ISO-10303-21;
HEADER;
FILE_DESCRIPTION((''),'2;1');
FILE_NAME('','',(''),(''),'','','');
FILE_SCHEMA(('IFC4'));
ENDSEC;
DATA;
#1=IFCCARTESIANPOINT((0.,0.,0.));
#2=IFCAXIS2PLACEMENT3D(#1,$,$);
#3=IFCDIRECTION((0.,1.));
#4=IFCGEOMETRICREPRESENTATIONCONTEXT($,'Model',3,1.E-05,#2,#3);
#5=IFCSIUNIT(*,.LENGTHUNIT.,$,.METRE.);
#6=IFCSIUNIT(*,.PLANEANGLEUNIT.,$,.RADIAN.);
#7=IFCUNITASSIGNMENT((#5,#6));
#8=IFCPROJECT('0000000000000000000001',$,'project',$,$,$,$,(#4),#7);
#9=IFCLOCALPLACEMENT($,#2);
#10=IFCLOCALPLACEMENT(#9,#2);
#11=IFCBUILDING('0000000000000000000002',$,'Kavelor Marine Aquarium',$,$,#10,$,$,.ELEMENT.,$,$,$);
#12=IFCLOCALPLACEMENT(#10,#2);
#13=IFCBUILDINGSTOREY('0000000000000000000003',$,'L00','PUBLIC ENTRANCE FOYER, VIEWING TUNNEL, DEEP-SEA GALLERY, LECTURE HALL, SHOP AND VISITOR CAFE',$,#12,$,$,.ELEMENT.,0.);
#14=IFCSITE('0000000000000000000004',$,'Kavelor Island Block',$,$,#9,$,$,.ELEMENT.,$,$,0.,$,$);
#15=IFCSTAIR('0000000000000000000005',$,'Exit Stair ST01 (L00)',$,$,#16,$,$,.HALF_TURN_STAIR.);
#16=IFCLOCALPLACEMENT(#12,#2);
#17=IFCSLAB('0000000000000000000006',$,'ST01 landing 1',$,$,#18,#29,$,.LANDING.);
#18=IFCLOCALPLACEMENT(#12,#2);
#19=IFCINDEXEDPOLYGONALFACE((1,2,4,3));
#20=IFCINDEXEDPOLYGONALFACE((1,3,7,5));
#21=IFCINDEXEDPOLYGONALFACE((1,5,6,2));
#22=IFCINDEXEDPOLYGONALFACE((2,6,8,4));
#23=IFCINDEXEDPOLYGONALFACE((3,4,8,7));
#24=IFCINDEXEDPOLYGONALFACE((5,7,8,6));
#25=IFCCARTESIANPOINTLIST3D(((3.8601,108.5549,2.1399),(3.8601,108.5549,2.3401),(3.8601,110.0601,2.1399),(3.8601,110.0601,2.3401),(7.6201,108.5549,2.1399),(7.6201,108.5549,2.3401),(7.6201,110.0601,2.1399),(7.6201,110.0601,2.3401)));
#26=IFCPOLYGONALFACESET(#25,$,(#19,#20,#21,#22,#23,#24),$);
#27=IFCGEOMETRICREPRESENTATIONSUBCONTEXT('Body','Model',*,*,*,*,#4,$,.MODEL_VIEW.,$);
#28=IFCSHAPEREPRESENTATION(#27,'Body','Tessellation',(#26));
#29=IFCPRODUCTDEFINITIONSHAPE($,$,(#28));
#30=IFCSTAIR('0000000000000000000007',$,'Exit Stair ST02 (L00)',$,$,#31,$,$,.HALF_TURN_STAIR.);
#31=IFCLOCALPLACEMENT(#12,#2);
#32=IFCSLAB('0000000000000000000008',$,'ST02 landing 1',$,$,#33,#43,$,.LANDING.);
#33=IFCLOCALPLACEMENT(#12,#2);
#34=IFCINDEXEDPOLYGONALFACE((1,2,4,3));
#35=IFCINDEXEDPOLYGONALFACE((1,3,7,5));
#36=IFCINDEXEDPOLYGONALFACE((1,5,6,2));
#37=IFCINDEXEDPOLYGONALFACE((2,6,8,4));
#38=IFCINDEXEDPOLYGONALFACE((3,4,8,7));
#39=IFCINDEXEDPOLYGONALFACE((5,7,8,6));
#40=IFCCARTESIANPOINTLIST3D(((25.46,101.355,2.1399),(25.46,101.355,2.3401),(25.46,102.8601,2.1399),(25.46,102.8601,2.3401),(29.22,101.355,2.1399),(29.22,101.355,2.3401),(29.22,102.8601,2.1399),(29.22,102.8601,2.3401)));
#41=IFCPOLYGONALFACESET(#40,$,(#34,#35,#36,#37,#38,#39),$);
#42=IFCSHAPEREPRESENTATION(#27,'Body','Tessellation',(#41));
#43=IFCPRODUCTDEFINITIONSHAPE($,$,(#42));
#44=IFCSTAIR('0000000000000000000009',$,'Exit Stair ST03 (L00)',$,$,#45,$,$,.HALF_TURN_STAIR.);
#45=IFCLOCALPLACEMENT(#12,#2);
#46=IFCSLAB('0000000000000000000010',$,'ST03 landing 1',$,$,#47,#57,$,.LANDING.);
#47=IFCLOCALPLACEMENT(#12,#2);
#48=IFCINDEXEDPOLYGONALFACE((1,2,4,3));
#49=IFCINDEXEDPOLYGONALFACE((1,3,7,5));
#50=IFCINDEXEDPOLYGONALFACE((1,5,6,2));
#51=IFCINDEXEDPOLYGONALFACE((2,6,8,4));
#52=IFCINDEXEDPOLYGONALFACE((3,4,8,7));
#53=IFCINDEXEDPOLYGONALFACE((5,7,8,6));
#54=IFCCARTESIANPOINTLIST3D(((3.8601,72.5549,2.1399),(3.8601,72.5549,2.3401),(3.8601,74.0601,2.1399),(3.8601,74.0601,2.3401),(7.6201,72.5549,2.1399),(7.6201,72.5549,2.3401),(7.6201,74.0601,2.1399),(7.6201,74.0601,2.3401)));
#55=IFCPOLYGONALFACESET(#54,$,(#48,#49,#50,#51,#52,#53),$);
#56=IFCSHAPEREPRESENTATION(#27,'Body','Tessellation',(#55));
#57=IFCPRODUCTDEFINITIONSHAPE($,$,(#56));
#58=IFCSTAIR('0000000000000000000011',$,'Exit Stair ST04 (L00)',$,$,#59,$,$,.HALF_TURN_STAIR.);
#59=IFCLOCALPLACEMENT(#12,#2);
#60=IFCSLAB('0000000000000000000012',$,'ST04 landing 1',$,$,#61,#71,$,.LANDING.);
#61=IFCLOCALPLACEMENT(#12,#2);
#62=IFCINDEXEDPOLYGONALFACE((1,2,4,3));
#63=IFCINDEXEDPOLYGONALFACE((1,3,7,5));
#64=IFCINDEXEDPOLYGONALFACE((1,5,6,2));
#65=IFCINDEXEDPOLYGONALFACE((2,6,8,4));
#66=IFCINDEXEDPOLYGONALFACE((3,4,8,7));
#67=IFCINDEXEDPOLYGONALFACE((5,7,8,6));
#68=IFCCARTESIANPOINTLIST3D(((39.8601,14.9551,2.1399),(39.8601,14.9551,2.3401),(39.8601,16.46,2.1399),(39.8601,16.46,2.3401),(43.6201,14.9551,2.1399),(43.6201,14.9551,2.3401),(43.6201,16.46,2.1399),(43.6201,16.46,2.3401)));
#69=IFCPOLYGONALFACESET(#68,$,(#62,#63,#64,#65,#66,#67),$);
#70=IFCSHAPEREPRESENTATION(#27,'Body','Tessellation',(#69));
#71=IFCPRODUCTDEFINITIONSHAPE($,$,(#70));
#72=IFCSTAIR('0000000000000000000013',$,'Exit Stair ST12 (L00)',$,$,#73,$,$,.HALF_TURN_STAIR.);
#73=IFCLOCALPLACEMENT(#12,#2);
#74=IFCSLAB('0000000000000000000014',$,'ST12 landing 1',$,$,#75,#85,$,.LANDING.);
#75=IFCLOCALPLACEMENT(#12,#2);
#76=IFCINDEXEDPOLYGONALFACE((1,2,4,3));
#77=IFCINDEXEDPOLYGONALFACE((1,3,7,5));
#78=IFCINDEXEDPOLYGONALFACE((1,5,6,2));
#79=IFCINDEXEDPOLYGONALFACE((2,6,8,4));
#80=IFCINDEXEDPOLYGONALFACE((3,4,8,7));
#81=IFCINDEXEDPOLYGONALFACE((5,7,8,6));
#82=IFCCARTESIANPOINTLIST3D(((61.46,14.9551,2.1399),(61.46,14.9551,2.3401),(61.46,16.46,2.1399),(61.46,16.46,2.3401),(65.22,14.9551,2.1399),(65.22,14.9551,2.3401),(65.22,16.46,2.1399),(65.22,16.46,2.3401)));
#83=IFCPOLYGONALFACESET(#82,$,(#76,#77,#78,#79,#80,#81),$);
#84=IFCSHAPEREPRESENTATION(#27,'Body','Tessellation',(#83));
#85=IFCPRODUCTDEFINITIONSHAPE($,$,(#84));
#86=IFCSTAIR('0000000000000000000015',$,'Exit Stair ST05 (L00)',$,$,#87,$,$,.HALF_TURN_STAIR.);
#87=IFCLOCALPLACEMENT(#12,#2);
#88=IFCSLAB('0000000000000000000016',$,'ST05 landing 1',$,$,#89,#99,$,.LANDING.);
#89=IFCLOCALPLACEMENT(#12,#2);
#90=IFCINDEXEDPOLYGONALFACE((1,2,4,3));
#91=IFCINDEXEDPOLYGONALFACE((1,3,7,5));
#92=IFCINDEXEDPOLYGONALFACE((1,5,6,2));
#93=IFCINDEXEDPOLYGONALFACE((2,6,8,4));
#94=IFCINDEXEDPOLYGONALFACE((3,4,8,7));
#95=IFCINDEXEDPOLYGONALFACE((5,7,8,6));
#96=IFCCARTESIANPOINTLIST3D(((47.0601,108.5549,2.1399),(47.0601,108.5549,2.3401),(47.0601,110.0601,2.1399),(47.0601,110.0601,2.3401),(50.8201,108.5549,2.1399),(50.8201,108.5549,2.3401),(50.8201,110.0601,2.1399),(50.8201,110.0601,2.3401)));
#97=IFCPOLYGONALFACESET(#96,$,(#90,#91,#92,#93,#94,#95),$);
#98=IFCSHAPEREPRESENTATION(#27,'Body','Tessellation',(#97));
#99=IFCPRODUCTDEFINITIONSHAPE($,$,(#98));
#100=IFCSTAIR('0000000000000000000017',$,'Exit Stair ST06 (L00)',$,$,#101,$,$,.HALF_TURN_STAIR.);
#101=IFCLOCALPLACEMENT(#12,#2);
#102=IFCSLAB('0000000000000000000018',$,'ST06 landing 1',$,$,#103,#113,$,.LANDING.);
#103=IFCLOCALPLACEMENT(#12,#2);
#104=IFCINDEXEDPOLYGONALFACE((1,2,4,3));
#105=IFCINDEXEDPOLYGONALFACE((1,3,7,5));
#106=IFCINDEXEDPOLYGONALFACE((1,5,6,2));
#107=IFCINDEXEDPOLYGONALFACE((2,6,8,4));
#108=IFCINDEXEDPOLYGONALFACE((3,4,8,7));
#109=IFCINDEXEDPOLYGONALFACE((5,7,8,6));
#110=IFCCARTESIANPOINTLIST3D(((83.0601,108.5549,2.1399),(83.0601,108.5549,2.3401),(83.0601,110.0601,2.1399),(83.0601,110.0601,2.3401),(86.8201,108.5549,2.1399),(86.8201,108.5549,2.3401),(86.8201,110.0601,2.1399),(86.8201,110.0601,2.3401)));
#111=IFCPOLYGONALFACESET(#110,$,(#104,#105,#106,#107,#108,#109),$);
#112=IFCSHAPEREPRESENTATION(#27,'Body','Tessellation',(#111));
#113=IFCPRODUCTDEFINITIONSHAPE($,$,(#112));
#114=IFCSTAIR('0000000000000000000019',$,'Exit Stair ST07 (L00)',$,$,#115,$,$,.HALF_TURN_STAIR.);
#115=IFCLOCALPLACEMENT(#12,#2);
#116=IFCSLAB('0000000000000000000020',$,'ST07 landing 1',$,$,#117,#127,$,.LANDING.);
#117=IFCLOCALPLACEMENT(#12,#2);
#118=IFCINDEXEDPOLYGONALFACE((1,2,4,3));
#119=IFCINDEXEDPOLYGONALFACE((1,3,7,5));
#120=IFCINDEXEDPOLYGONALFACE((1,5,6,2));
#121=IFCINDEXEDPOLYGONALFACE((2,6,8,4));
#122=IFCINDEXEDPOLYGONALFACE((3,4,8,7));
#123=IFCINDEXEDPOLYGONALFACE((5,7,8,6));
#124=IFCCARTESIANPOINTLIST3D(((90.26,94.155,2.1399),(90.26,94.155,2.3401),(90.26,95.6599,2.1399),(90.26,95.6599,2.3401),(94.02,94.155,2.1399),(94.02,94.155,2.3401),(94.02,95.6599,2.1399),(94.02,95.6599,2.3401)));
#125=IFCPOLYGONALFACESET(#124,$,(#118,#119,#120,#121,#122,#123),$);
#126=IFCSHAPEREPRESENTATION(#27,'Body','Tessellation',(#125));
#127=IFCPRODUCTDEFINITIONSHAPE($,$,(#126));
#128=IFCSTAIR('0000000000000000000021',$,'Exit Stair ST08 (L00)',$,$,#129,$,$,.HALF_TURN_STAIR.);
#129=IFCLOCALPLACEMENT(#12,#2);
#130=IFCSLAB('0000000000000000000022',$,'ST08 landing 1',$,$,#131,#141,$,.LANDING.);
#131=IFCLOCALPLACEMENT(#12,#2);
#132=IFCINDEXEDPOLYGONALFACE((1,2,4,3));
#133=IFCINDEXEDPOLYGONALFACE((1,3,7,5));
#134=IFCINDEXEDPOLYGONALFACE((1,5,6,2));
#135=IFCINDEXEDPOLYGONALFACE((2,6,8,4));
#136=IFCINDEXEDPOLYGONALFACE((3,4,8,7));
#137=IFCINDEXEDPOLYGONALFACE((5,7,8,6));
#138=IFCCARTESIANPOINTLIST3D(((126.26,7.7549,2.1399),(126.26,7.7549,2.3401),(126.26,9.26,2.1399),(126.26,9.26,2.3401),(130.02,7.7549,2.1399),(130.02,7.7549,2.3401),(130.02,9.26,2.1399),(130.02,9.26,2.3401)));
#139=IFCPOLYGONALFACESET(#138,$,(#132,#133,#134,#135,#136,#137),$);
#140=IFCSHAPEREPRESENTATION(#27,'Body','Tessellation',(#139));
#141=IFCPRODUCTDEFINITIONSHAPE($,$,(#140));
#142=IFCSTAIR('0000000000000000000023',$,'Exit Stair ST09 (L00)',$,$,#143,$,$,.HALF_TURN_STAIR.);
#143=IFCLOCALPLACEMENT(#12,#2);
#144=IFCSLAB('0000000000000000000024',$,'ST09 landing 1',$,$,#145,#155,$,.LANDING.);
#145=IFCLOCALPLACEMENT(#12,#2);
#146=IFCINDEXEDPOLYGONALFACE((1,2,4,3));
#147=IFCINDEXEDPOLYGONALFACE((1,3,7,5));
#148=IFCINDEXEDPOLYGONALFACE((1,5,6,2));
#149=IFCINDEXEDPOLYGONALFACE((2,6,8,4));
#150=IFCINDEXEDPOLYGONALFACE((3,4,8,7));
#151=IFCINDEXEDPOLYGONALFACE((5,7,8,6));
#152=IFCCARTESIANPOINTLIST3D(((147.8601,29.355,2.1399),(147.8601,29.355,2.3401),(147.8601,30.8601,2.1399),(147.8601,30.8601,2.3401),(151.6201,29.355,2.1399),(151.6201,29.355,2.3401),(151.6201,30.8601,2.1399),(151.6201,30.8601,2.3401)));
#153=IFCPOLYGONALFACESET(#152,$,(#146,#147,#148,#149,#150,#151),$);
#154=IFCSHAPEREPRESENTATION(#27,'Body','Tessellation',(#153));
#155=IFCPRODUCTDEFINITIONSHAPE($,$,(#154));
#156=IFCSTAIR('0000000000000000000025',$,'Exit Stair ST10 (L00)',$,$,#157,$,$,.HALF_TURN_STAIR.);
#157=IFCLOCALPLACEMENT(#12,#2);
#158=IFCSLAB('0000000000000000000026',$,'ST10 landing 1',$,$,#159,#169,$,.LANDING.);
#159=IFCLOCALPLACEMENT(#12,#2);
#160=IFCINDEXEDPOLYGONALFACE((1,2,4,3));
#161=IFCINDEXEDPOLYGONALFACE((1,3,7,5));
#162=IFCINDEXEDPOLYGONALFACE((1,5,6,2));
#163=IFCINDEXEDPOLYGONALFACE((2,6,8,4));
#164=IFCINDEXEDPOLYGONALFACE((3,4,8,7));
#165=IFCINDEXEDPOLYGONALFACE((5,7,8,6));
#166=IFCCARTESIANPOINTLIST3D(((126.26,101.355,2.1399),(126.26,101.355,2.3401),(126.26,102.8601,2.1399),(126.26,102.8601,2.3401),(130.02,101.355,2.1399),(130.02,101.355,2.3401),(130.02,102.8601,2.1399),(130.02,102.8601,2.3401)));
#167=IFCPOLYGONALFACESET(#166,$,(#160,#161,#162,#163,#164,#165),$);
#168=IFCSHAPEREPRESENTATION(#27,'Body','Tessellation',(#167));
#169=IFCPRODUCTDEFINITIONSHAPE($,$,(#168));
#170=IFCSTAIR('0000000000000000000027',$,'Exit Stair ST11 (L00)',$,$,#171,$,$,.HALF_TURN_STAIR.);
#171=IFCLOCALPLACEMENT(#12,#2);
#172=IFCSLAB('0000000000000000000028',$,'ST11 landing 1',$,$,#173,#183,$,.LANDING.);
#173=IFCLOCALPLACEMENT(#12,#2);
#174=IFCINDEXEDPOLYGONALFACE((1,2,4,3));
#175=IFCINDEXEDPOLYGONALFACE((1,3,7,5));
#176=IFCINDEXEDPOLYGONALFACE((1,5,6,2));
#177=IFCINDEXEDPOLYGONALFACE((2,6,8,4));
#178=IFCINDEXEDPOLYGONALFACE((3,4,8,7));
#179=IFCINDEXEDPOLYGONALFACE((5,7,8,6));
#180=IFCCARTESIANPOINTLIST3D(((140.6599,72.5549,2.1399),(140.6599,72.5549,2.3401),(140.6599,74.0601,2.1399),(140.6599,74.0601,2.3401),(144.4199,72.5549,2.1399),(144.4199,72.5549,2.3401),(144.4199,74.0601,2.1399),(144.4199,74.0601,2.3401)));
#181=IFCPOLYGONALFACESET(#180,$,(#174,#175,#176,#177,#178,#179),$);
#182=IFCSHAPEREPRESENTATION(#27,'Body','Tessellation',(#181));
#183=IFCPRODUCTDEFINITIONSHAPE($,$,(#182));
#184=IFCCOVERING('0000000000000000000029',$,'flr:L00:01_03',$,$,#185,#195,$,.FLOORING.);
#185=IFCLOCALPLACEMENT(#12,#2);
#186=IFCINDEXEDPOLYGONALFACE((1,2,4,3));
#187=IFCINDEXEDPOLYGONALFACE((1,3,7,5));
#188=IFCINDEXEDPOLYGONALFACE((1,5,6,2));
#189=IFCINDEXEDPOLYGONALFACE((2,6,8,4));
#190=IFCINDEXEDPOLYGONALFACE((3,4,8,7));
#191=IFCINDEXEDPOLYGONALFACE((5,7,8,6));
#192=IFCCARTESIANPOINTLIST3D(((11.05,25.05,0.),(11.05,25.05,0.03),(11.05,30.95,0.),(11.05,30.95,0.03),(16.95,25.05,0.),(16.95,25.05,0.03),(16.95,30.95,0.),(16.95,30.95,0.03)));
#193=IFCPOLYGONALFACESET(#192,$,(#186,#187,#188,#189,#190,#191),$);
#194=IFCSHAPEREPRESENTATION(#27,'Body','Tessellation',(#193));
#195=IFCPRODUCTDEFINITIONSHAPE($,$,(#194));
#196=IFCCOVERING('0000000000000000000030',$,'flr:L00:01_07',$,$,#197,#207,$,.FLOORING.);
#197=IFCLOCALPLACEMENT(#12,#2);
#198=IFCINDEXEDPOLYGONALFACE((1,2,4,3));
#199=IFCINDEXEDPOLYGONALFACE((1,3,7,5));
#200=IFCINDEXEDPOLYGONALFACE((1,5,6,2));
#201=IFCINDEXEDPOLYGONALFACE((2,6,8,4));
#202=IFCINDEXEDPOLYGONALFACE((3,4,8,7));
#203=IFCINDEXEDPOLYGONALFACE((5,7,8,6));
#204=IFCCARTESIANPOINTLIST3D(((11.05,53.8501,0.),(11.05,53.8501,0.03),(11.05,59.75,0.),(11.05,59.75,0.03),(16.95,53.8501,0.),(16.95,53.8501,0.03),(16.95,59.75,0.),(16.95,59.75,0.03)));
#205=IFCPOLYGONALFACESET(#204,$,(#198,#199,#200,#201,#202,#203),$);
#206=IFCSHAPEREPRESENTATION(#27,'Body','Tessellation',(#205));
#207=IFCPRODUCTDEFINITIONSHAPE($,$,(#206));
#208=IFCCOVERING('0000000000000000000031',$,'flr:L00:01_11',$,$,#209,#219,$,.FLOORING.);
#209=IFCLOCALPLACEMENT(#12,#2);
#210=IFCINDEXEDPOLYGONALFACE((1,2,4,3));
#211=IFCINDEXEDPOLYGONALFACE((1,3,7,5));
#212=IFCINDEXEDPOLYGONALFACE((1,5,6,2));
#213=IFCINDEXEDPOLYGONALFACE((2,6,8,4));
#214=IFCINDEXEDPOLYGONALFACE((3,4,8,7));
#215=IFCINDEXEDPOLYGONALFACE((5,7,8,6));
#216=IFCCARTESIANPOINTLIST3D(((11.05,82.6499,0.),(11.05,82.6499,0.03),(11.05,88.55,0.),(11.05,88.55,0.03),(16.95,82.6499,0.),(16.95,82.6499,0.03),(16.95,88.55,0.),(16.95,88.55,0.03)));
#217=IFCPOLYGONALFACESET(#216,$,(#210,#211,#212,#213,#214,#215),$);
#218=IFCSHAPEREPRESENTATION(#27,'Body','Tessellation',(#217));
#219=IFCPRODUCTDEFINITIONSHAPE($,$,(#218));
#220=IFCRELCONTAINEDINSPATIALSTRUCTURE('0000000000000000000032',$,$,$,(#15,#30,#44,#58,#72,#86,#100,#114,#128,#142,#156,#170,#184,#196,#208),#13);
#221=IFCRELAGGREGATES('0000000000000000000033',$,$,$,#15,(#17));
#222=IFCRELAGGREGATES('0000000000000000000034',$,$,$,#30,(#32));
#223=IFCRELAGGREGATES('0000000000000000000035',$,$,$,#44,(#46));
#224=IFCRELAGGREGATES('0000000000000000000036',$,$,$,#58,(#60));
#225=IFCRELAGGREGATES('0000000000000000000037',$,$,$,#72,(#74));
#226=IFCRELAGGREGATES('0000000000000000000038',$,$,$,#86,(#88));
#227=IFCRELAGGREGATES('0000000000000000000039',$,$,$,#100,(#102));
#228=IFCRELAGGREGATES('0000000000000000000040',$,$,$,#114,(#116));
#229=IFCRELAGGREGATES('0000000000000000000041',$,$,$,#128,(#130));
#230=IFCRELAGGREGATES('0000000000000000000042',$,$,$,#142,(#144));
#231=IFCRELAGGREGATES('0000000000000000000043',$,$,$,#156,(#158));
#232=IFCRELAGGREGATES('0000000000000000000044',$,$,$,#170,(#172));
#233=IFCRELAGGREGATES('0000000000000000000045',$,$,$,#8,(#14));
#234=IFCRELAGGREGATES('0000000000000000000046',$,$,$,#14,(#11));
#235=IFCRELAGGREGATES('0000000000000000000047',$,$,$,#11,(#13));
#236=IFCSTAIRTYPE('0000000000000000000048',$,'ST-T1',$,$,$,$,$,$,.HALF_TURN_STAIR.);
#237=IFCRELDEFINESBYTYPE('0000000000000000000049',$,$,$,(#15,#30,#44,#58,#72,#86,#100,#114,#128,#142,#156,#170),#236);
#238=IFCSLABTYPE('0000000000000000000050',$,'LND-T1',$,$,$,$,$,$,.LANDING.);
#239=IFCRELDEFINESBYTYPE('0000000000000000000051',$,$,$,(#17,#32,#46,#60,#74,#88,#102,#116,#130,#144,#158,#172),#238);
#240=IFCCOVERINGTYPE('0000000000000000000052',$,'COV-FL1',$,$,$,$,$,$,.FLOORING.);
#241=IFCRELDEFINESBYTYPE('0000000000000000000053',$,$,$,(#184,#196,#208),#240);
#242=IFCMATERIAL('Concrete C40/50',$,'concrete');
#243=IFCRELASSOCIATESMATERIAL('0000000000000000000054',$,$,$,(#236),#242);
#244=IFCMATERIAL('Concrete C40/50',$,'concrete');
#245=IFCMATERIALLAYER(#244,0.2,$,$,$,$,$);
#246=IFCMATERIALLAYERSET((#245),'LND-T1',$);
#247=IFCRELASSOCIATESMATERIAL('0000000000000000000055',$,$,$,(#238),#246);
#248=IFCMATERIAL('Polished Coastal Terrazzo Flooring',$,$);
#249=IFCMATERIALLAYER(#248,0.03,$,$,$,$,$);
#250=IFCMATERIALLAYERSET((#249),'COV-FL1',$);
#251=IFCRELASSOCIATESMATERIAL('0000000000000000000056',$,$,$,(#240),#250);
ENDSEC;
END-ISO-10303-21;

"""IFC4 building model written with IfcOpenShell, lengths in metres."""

from ifc_helpers import new_model, si_unit, direction, frame, origin, place, context, subcontext, project, spatial, polyline, outline, extrude, material, layer, layer_set, type_object, element, aggregate, save


model = new_model("IFC4")

# Units and contexts
model_context = context("Model", 3, precision=1e-05, world=origin(), true_north=direction((0.0, 1.0)))
body_context = subcontext(model_context, "Body", "Model", "MODEL_VIEW")
ifc_project = project(units=[si_unit("LENGTHUNIT", "METRE"), si_unit("PLANEANGLEUNIT", "RADIAN")], contexts=[model_context])

# Site, building, storey
site_placement = place(None, origin())
site = spatial("IfcSite", under=ifc_project, at=site_placement, Name="Kavelor Island Block", CompositionType="ELEMENT", RefElevation=0.0)
building_placement = place(site_placement, origin())
building = spatial("IfcBuilding", under=site, at=building_placement, Name="Kavelor Marine Aquarium", CompositionType="ELEMENT")
storey_placement = place(building_placement, origin())
storey = spatial("IfcBuildingStorey", under=building, at=storey_placement, Name="L00", Description="PUBLIC ENTRANCE FOYER, VIEWING TUNNEL, DEEP-SEA GALLERY, LECTURE HALL, SHOP AND VISITOR CAFE", CompositionType="ELEMENT", Elevation=0.0)

# Stairs, slabs
ifc_material_1 = material(Name="Concrete C40/50", Category="concrete")
stair_type = type_object("IfcStairType", Name="ST-T1", PredefinedType="HALF_TURN_STAIR", material=ifc_material_1)
stair_1_placement = place(storey_placement, origin())
stair_1 = element("IfcStair", 1, at=stair_1_placement, inside=storey, type_object=stair_type, Name="Exit Stair ST01 (L00)", PredefinedType="HALF_TURN_STAIR")
ifc_material_2 = material(Name="Concrete C40/50", Category="concrete")
ifc_layer_1 = layer(ifc_material_2, 0.2)
ifc_layer_set_1 = layer_set([ifc_layer_1], Name="LND-T1")
slab_type = type_object("IfcSlabType", Name="LND-T1", PredefinedType="LANDING", material=ifc_layer_set_1)
slab_1_placement = place(storey_placement, frame((0.0, 0.0, 2.1399)))
slab_1 = element("IfcSlab", 2, at=slab_1_placement, type_object=slab_type, Name="ST01 landing 1", PredefinedType="LANDING", context=body_context, shape_type="SweptSolid", body=[
    extrude(outline(polyline([(3.8601, 108.5549), (7.6201, 108.5549), (7.6201, 110.0601), (3.8601, 110.0601), (3.8601, 108.5549)])), origin(), (0.0, 0.0, 1.0), 0.2002),
])
aggregate(stair_1, [slab_1])
stair_2_placement = place(storey_placement, origin())
stair_2 = element("IfcStair", 3, at=stair_2_placement, inside=storey, type_object=stair_type, Name="Exit Stair ST02 (L00)", PredefinedType="HALF_TURN_STAIR")
slab_2_placement = place(storey_placement, frame((0.0, 0.0, 2.1399)))
slab_2 = element("IfcSlab", 4, at=slab_2_placement, type_object=slab_type, Name="ST02 landing 1", PredefinedType="LANDING", context=body_context, shape_type="SweptSolid", body=[
    extrude(outline(polyline([(25.46, 101.355), (29.22, 101.355), (29.22, 102.8601), (25.46, 102.8601), (25.46, 101.355)])), origin(), (0.0, 0.0, 1.0), 0.2002),
])
aggregate(stair_2, [slab_2])
stair_3_placement = place(storey_placement, origin())
stair_3 = element("IfcStair", 5, at=stair_3_placement, inside=storey, type_object=stair_type, Name="Exit Stair ST03 (L00)", PredefinedType="HALF_TURN_STAIR")
slab_3_placement = place(storey_placement, frame((0.0, 0.0, 2.1399)))
slab_3 = element("IfcSlab", 6, at=slab_3_placement, type_object=slab_type, Name="ST03 landing 1", PredefinedType="LANDING", context=body_context, shape_type="SweptSolid", body=[
    extrude(outline(polyline([(3.8601, 72.5549), (7.6201, 72.5549), (7.6201, 74.0601), (3.8601, 74.0601), (3.8601, 72.5549)])), origin(), (0.0, 0.0, 1.0), 0.2002),
])
aggregate(stair_3, [slab_3])
stair_4_placement = place(storey_placement, origin())
stair_4 = element("IfcStair", 7, at=stair_4_placement, inside=storey, type_object=stair_type, Name="Exit Stair ST04 (L00)", PredefinedType="HALF_TURN_STAIR")
slab_4_placement = place(storey_placement, frame((0.0, 0.0, 2.1399)))
slab_4 = element("IfcSlab", 8, at=slab_4_placement, type_object=slab_type, Name="ST04 landing 1", PredefinedType="LANDING", context=body_context, shape_type="SweptSolid", body=[
    extrude(outline(polyline([(39.8601, 14.9551), (43.6201, 14.9551), (43.6201, 16.46), (39.8601, 16.46), (39.8601, 14.9551)])), origin(), (0.0, 0.0, 1.0), 0.2002),
])
aggregate(stair_4, [slab_4])
stair_5_placement = place(storey_placement, origin())
stair_5 = element("IfcStair", 9, at=stair_5_placement, inside=storey, type_object=stair_type, Name="Exit Stair ST12 (L00)", PredefinedType="HALF_TURN_STAIR")
slab_5_placement = place(storey_placement, frame((0.0, 0.0, 2.1399)))
slab_5 = element("IfcSlab", 10, at=slab_5_placement, type_object=slab_type, Name="ST12 landing 1", PredefinedType="LANDING", context=body_context, shape_type="SweptSolid", body=[
    extrude(outline(polyline([(61.46, 14.9551), (65.22, 14.9551), (65.22, 16.46), (61.46, 16.46), (61.46, 14.9551)])), origin(), (0.0, 0.0, 1.0), 0.2002),
])
aggregate(stair_5, [slab_5])
stair_6_placement = place(storey_placement, origin())
stair_6 = element("IfcStair", 11, at=stair_6_placement, inside=storey, type_object=stair_type, Name="Exit Stair ST05 (L00)", PredefinedType="HALF_TURN_STAIR")
slab_6_placement = place(storey_placement, frame((0.0, 0.0, 2.1399)))
slab_6 = element("IfcSlab", 12, at=slab_6_placement, type_object=slab_type, Name="ST05 landing 1", PredefinedType="LANDING", context=body_context, shape_type="SweptSolid", body=[
    extrude(outline(polyline([(47.0601, 108.5549), (50.8201, 108.5549), (50.8201, 110.0601), (47.0601, 110.0601), (47.0601, 108.5549)])), origin(), (0.0, 0.0, 1.0), 0.2002),
])
aggregate(stair_6, [slab_6])
stair_7_placement = place(storey_placement, origin())
stair_7 = element("IfcStair", 13, at=stair_7_placement, inside=storey, type_object=stair_type, Name="Exit Stair ST06 (L00)", PredefinedType="HALF_TURN_STAIR")
slab_7_placement = place(storey_placement, frame((0.0, 0.0, 2.1399)))
slab_7 = element("IfcSlab", 14, at=slab_7_placement, type_object=slab_type, Name="ST06 landing 1", PredefinedType="LANDING", context=body_context, shape_type="SweptSolid", body=[
    extrude(outline(polyline([(83.0601, 108.5549), (86.8201, 108.5549), (86.8201, 110.0601), (83.0601, 110.0601), (83.0601, 108.5549)])), origin(), (0.0, 0.0, 1.0), 0.2002),
])
aggregate(stair_7, [slab_7])
stair_8_placement = place(storey_placement, origin())
stair_8 = element("IfcStair", 15, at=stair_8_placement, inside=storey, type_object=stair_type, Name="Exit Stair ST07 (L00)", PredefinedType="HALF_TURN_STAIR")
slab_8_placement = place(storey_placement, frame((0.0, 0.0, 2.1399)))
slab_8 = element("IfcSlab", 16, at=slab_8_placement, type_object=slab_type, Name="ST07 landing 1", PredefinedType="LANDING", context=body_context, shape_type="SweptSolid", body=[
    extrude(outline(polyline([(90.26, 94.155), (94.02, 94.155), (94.02, 95.6599), (90.26, 95.6599), (90.26, 94.155)])), origin(), (0.0, 0.0, 1.0), 0.2002),
])
aggregate(stair_8, [slab_8])
stair_9_placement = place(storey_placement, origin())
stair_9 = element("IfcStair", 17, at=stair_9_placement, inside=storey, type_object=stair_type, Name="Exit Stair ST08 (L00)", PredefinedType="HALF_TURN_STAIR")
slab_9_placement = place(storey_placement, frame((0.0, 0.0, 2.1399)))
slab_9 = element("IfcSlab", 18, at=slab_9_placement, type_object=slab_type, Name="ST08 landing 1", PredefinedType="LANDING", context=body_context, shape_type="SweptSolid", body=[
    extrude(outline(polyline([(126.26, 7.7549), (130.02, 7.7549), (130.02, 9.26), (126.26, 9.26), (126.26, 7.7549)])), origin(), (0.0, 0.0, 1.0), 0.2002),
])
aggregate(stair_9, [slab_9])
stair_10_placement = place(storey_placement, origin())
stair_10 = element("IfcStair", 19, at=stair_10_placement, inside=storey, type_object=stair_type, Name="Exit Stair ST09 (L00)", PredefinedType="HALF_TURN_STAIR")
slab_10_placement = place(storey_placement, frame((0.0, 0.0, 2.1399)))
slab_10 = element("IfcSlab", 20, at=slab_10_placement, type_object=slab_type, Name="ST09 landing 1", PredefinedType="LANDING", context=body_context, shape_type="SweptSolid", body=[
    extrude(outline(polyline([(147.8601, 29.355), (151.6201, 29.355), (151.6201, 30.8601), (147.8601, 30.8601), (147.8601, 29.355)])), origin(), (0.0, 0.0, 1.0), 0.2002),
])
aggregate(stair_10, [slab_10])
stair_11_placement = place(storey_placement, origin())
stair_11 = element("IfcStair", 21, at=stair_11_placement, inside=storey, type_object=stair_type, Name="Exit Stair ST10 (L00)", PredefinedType="HALF_TURN_STAIR")
slab_11_placement = place(storey_placement, frame((0.0, 0.0, 2.1399)))
slab_11 = element("IfcSlab", 22, at=slab_11_placement, type_object=slab_type, Name="ST10 landing 1", PredefinedType="LANDING", context=body_context, shape_type="SweptSolid", body=[
    extrude(outline(polyline([(126.26, 101.355), (130.02, 101.355), (130.02, 102.8601), (126.26, 102.8601), (126.26, 101.355)])), origin(), (0.0, 0.0, 1.0), 0.2002),
])
aggregate(stair_11, [slab_11])
stair_12_placement = place(storey_placement, origin())
stair_12 = element("IfcStair", 23, at=stair_12_placement, inside=storey, type_object=stair_type, Name="Exit Stair ST11 (L00)", PredefinedType="HALF_TURN_STAIR")
slab_12_placement = place(storey_placement, frame((0.0, 0.0, 2.1399)))
slab_12 = element("IfcSlab", 24, at=slab_12_placement, type_object=slab_type, Name="ST11 landing 1", PredefinedType="LANDING", context=body_context, shape_type="SweptSolid", body=[
    extrude(outline(polyline([(140.6599, 72.5549), (144.4199, 72.5549), (144.4199, 74.0601), (140.6599, 74.0601), (140.6599, 72.5549)])), origin(), (0.0, 0.0, 1.0), 0.2002),
])
aggregate(stair_12, [slab_12])

# Coverings
ifc_material_3 = material(Name="Polished Coastal Terrazzo Flooring")
ifc_layer_2 = layer(ifc_material_3, 0.03)
ifc_layer_set_2 = layer_set([ifc_layer_2], Name="COV-FL1")
covering_type_1 = type_object("IfcCoveringType", Name="COV-FL1", PredefinedType="FLOORING", material=ifc_layer_set_2)
covering_1_placement = place(storey_placement, origin())
element("IfcCovering", 25, at=covering_1_placement, inside=storey, type_object=covering_type_1, Name="flr:L00:01_03", PredefinedType="FLOORING", context=body_context, shape_type="SweptSolid", body=[
    extrude(outline(polyline([(11.05, 25.05), (16.95, 25.05), (16.95, 30.95), (11.05, 30.95), (11.05, 25.05)])), origin(), (0.0, 0.0, 1.0), 0.03),
])
covering_2_placement = place(storey_placement, origin())
element("IfcCovering", 26, at=covering_2_placement, inside=storey, type_object=covering_type_1, Name="flr:L00:01_07", PredefinedType="FLOORING", context=body_context, shape_type="SweptSolid", body=[
    extrude(outline(polyline([(11.05, 53.8501), (16.95, 53.8501), (16.95, 59.75), (11.05, 59.75), (11.05, 53.8501)])), origin(), (0.0, 0.0, 1.0), 0.03),
])
covering_3_placement = place(storey_placement, origin())
element("IfcCovering", 27, at=covering_3_placement, inside=storey, type_object=covering_type_1, Name="flr:L00:01_11", PredefinedType="FLOORING", context=body_context, shape_type="SweptSolid", body=[
    extrude(outline(polyline([(11.05, 82.6499), (16.95, 82.6499), (16.95, 88.55), (11.05, 88.55), (11.05, 82.6499)])), origin(), (0.0, 0.0, 1.0), 0.03),
])

save(model, "model.ifc")
